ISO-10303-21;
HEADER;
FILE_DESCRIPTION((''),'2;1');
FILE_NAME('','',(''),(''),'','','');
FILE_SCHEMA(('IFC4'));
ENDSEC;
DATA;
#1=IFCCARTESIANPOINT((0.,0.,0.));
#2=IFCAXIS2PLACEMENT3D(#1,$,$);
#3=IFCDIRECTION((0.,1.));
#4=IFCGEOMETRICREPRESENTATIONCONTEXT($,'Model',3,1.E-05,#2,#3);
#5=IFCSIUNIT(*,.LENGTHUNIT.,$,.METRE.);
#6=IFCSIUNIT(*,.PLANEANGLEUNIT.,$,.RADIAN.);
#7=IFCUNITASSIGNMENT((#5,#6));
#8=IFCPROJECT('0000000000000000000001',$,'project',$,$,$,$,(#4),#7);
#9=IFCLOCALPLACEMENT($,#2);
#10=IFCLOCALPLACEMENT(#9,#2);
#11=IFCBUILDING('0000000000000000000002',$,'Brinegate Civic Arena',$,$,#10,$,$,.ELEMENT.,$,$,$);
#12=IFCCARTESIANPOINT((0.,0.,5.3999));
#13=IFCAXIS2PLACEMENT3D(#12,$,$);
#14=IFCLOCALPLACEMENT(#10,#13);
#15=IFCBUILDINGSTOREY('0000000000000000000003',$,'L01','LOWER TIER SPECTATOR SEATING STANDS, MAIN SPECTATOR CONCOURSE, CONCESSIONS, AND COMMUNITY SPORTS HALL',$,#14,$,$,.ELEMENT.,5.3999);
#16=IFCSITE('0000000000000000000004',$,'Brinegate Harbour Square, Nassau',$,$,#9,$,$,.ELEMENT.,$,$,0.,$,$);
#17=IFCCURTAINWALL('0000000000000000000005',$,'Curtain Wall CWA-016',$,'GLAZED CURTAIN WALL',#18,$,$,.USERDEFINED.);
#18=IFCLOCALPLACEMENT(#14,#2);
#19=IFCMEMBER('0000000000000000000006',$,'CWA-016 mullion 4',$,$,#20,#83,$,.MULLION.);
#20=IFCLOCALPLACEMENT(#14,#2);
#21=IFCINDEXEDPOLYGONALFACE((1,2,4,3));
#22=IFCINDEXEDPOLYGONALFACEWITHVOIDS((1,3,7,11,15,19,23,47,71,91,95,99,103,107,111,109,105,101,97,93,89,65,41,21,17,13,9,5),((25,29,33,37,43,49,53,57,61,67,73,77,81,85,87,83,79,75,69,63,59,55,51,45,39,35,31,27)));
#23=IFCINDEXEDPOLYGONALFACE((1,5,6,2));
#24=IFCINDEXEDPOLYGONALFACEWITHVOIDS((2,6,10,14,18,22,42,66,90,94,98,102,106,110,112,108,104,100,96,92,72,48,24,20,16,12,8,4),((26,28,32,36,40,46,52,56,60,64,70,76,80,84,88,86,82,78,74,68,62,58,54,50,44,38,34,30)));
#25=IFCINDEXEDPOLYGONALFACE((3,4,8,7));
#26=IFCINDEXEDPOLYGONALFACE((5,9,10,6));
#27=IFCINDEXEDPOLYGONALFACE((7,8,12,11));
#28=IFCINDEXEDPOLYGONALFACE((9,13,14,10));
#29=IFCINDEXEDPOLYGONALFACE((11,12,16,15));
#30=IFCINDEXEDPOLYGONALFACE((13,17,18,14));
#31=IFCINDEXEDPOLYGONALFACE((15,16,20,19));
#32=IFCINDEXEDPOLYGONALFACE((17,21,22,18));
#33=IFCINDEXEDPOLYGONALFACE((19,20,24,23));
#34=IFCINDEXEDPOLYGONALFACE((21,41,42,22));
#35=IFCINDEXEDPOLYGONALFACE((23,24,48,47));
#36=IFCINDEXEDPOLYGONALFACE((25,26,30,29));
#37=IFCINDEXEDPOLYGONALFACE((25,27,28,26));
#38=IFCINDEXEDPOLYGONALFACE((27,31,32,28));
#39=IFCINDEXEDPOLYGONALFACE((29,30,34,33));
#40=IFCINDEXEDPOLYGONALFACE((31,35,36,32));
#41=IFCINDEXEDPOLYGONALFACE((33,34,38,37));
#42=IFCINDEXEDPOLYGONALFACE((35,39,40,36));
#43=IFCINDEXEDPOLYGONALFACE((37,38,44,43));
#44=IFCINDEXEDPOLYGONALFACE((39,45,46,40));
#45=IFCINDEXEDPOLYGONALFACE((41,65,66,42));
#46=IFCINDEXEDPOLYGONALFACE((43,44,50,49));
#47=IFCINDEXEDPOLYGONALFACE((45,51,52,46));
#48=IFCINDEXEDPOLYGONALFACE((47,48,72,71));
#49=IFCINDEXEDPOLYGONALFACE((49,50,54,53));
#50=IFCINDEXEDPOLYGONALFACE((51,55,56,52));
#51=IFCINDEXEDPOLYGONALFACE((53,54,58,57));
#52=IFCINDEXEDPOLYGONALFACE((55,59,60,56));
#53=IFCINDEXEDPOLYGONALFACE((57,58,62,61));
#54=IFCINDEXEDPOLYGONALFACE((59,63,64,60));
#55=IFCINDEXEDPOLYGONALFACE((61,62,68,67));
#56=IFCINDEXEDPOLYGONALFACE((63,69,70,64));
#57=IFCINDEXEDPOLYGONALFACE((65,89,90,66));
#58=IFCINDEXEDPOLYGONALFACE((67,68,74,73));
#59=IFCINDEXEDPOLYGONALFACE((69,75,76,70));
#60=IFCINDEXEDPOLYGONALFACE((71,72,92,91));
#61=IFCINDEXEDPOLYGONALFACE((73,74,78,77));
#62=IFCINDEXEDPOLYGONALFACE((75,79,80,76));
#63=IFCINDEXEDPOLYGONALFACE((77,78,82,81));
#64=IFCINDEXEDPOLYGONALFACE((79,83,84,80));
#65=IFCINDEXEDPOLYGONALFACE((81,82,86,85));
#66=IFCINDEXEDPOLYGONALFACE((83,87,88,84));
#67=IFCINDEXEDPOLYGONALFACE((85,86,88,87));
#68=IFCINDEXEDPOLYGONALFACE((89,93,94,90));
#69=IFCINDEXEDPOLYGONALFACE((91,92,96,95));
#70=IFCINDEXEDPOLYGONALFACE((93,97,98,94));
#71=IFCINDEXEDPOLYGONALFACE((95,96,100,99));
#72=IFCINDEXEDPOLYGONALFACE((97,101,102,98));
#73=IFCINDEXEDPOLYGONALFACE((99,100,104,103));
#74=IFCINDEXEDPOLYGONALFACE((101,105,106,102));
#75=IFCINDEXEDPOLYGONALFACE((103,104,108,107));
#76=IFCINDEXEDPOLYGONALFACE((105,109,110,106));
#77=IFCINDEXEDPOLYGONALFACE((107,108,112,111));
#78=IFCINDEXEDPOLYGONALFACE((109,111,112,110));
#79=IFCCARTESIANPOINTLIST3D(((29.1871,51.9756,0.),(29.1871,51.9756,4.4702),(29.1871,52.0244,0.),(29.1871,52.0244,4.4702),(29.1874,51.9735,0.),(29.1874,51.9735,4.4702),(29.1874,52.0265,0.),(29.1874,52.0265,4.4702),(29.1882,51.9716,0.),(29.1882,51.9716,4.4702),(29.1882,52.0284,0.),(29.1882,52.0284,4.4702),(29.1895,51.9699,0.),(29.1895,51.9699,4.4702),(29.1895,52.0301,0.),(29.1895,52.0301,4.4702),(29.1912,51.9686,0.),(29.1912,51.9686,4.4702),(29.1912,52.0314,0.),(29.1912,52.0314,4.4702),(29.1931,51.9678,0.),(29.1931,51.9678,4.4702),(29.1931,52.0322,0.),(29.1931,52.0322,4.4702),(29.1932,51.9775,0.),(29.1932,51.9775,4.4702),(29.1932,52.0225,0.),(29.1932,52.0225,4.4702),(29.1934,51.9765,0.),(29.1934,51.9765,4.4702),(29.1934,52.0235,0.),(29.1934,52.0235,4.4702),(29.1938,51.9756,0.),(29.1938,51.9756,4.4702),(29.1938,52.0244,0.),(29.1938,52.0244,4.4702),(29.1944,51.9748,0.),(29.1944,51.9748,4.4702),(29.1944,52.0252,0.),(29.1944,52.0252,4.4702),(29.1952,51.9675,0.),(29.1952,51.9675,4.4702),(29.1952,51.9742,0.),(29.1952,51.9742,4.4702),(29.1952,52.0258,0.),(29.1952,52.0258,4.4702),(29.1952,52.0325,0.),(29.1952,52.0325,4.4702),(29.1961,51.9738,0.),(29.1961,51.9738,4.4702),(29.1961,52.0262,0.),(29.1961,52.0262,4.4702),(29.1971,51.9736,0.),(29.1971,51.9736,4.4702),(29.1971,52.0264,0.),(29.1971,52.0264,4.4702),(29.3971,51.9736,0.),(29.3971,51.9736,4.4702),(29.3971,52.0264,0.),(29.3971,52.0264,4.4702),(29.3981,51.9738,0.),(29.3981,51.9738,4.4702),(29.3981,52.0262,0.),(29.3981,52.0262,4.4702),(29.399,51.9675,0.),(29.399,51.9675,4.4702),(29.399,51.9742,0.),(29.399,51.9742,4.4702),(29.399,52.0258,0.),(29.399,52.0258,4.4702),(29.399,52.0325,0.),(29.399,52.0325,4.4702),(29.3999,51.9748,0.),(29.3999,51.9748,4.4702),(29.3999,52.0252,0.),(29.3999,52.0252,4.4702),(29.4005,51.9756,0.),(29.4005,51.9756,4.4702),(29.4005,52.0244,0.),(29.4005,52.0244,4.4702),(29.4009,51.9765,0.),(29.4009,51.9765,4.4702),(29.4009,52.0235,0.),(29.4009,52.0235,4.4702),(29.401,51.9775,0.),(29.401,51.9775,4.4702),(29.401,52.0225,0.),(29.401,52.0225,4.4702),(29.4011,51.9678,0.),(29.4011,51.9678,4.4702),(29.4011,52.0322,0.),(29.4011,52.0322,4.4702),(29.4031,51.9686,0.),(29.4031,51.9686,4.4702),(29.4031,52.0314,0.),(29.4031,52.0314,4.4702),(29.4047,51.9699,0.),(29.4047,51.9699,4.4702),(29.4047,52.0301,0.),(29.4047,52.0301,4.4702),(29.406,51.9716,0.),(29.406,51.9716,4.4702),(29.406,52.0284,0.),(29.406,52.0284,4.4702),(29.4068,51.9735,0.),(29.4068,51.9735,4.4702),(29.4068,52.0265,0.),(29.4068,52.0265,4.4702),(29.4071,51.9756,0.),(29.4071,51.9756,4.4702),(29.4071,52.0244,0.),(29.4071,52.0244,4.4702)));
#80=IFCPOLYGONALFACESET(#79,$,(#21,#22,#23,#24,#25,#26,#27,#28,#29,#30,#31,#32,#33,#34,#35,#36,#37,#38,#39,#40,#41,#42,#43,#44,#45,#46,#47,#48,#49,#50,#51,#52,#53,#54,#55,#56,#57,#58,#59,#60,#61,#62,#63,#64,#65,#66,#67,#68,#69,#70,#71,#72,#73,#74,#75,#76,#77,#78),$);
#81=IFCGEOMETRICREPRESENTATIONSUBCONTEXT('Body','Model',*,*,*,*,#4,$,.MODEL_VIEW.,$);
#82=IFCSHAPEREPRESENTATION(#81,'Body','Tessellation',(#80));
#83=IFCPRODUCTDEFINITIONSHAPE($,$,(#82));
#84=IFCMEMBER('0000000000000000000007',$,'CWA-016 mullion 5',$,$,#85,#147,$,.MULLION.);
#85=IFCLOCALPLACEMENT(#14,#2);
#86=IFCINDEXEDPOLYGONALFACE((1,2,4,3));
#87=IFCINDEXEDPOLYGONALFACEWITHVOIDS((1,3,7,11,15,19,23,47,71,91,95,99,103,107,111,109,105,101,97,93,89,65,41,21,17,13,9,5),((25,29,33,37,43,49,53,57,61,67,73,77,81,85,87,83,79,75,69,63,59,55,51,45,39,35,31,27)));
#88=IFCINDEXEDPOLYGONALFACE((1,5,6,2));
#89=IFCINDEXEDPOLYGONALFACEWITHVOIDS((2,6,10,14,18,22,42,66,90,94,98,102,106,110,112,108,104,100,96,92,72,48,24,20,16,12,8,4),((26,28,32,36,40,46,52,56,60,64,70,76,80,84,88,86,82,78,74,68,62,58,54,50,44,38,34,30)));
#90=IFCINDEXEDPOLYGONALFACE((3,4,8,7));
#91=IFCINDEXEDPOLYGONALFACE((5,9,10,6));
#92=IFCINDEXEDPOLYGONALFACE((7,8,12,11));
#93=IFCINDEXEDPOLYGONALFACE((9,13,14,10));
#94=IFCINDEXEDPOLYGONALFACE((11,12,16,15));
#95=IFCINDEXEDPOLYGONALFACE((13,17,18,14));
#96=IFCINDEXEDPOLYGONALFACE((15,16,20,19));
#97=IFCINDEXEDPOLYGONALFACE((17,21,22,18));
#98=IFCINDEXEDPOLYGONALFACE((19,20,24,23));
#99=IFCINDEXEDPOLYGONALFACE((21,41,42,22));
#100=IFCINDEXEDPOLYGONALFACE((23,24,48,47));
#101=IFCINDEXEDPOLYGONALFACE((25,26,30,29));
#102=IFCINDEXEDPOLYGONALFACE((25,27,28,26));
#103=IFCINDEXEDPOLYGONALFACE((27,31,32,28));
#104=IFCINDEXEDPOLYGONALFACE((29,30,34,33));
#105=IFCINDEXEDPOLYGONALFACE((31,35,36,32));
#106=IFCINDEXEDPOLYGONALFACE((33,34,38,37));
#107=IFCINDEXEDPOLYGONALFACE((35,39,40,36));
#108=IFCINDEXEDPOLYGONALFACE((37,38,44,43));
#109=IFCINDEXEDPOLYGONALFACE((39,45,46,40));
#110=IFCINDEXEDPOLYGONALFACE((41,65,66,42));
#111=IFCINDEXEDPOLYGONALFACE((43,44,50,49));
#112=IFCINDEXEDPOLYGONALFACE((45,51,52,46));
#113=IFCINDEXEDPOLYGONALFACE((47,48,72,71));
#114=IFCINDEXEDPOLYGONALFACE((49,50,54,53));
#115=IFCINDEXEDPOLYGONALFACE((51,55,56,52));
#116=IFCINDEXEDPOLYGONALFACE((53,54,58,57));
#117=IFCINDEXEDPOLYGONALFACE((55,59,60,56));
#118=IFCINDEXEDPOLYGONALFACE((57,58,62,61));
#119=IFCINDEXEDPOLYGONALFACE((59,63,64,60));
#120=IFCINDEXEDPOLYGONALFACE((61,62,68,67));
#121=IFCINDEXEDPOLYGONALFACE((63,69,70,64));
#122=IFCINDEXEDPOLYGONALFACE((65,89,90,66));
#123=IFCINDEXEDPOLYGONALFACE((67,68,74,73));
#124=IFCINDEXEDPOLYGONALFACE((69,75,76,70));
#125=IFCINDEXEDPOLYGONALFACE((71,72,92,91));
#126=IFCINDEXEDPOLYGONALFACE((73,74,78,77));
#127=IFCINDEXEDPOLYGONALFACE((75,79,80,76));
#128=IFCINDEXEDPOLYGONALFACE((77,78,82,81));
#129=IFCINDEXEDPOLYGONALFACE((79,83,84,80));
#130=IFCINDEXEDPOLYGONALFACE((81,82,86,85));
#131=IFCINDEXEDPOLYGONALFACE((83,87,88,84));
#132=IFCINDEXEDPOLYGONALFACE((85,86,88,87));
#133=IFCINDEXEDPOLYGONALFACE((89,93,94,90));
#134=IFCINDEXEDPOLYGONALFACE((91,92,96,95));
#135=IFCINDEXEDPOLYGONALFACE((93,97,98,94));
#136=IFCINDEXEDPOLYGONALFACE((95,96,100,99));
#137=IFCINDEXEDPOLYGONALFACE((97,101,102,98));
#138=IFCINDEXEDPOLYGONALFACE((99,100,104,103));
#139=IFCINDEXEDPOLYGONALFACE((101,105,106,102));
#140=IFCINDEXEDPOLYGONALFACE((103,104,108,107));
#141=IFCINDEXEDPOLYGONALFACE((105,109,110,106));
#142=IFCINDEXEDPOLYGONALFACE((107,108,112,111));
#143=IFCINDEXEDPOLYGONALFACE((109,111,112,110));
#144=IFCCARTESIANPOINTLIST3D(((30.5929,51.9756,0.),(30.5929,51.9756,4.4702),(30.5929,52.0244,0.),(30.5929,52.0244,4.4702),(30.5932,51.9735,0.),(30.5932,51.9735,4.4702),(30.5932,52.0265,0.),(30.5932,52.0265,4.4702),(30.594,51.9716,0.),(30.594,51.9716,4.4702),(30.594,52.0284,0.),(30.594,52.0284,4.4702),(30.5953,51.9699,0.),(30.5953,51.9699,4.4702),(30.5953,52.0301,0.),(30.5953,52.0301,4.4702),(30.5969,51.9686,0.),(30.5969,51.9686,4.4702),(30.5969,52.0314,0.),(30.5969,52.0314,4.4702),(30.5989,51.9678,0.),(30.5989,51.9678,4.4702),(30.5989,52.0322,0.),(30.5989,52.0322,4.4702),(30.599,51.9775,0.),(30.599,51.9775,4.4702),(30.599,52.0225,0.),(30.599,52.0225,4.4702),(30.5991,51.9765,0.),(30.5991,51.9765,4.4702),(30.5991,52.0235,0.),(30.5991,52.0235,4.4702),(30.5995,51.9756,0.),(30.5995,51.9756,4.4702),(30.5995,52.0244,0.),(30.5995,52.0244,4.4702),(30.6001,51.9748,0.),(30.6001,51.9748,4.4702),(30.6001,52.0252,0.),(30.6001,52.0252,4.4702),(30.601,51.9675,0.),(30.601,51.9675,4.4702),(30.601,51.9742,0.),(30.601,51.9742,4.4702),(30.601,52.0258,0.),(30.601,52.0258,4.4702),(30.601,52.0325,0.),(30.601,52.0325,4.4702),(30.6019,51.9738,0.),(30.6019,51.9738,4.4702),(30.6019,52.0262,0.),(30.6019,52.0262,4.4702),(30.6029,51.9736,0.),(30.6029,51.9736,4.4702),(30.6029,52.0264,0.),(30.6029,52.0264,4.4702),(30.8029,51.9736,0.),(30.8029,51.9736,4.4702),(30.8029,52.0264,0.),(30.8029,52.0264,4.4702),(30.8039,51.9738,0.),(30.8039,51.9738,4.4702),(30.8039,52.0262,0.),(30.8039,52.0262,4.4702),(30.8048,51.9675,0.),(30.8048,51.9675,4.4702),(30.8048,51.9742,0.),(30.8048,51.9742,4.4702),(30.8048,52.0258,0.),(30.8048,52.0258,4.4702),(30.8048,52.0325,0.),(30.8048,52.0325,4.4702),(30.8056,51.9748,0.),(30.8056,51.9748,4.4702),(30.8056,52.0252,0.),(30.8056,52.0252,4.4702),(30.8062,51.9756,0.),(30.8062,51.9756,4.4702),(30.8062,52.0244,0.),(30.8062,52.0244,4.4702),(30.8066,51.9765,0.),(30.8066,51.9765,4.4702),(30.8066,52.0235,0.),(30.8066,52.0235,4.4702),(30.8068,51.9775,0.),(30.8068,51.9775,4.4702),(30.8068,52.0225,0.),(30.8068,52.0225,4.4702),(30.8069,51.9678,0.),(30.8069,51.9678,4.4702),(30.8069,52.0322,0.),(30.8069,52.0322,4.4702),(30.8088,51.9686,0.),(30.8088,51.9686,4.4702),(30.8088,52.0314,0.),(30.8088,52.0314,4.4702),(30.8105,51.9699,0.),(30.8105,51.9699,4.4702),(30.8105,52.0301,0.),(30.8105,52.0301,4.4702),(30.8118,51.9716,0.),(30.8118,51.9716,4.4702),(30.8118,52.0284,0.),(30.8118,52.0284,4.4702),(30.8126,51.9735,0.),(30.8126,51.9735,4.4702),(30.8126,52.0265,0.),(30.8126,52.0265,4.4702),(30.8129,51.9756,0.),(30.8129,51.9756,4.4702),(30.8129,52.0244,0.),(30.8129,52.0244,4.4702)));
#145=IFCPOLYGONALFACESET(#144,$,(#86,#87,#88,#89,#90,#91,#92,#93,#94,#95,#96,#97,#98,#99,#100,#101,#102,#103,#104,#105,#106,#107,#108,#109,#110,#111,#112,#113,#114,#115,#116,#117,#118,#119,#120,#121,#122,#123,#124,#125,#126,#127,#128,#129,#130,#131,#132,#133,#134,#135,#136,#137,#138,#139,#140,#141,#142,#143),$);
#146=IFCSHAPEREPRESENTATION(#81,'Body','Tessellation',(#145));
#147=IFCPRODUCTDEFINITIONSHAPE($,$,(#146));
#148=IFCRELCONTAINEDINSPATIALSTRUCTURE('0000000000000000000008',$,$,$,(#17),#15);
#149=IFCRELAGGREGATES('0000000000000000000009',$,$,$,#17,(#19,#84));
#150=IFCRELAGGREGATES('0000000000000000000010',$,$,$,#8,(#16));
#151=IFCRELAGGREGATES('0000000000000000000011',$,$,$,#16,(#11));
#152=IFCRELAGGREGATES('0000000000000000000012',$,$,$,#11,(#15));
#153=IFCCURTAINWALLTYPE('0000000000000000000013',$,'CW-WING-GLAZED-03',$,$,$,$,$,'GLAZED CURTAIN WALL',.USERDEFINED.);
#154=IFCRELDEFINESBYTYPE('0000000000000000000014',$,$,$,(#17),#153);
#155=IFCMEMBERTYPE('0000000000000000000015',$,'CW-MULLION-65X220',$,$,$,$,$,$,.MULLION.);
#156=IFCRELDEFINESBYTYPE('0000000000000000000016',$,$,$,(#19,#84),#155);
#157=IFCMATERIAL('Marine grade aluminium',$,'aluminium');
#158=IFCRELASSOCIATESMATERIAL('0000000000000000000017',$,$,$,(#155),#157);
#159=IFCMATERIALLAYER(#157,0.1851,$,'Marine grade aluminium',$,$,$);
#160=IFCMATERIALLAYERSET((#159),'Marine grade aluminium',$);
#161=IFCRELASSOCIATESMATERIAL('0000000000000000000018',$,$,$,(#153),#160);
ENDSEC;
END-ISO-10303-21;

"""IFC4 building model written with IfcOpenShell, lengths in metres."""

from ifc_helpers import new_model, si_unit, direction, frame, origin, origin_2d, place, context, subcontext, project, spatial, hollow_rectangle, extrude, material, layer, layer_set, material_profile, profile_set, type_object, element, aggregate, save


model = new_model("IFC4")

# Units and contexts
model_context = context("Model", 3, precision=1e-05, world=origin(), true_north=direction((0.0, 1.0)))
body_context = subcontext(model_context, "Body", "Model", "MODEL_VIEW")
ifc_project = project(units=[si_unit("LENGTHUNIT", "METRE"), si_unit("PLANEANGLEUNIT", "RADIAN")], contexts=[model_context])

# Site, building, storey
site_placement = place(None, origin())
site = spatial("IfcSite", under=ifc_project, at=site_placement, Name="Brinegate Harbour Square, Nassau", CompositionType="ELEMENT", RefElevation=0.0)
building_placement = place(site_placement, origin())
building = spatial("IfcBuilding", under=site, at=building_placement, Name="Brinegate Civic Arena", CompositionType="ELEMENT")
storey_placement = place(building_placement, frame((0.0, 0.0, 5.3999)))
storey = spatial("IfcBuildingStorey", under=building, at=storey_placement, Name="L01", Description="LOWER TIER SPECTATOR SEATING STANDS, MAIN SPECTATOR CONCOURSE, CONCESSIONS, AND COMMUNITY SPORTS HALL", CompositionType="ELEMENT", Elevation=5.3999)

# Shared definitions
ifc_material_1 = material(Name="Marine grade aluminium", Category="aluminium")
ifc_material_profile_1 = material_profile(ifc_material_1, hollow_rectangle(XDim=0.0649, YDim=0.22, WallThickness=0.0061, InnerFilletRadius=0.0039, OuterFilletRadius=0.0081, at=origin_2d()), Name="MUL65X220")
ifc_profile_set_1 = profile_set([ifc_material_profile_1], Name="Marine grade aluminium")
member_type_1 = type_object("IfcMemberType", Name="CW-MULLION-65X220", PredefinedType="MULLION", material=ifc_profile_set_1)

# Curtain wall, members
ifc_layer_1 = layer(ifc_material_1, 0.1851, Name="Marine grade aluminium")
ifc_layer_set_1 = layer_set([ifc_layer_1], Name="Marine grade aluminium")
curtain_wall_type_1 = type_object("IfcCurtainWallType", Name="CW-WING-GLAZED-03", ElementType="GLAZED CURTAIN WALL", PredefinedType="USERDEFINED", material=ifc_layer_set_1)
curtain_wall_1_placement = place(storey_placement, origin())
curtain_wall_1 = element("IfcCurtainWall", 1, at=curtain_wall_1_placement, inside=storey, type_object=curtain_wall_type_1, Name="Curtain Wall CWA-016", ObjectType="GLAZED CURTAIN WALL", PredefinedType="USERDEFINED")
member_1_placement = place(storey_placement, frame((29.2971, 52.0, 0.0), z_axis=(0.0, 0.0, 1.0), x_axis=(0.0, 1.0, 0.0)))
member_1 = element("IfcMember", 2, at=member_1_placement, type_object=member_type_1, Name="CWA-016 mullion 4", PredefinedType="MULLION", context=body_context, shape_type="SweptSolid", body=[
    extrude(hollow_rectangle(XDim=0.0649, YDim=0.22, WallThickness=0.0061, InnerFilletRadius=0.0039, OuterFilletRadius=0.0081, at=origin_2d()), origin(), (0.0, 0.0, 1.0), 4.4702),
])
member_2_placement = place(storey_placement, frame((30.7029, 52.0, 0.0), z_axis=(0.0, 0.0, 1.0), x_axis=(0.0, 1.0, 0.0)))
member_2 = element("IfcMember", 3, at=member_2_placement, type_object=member_type_1, Name="CWA-016 mullion 5", PredefinedType="MULLION", context=body_context, shape_type="SweptSolid", body=[
    extrude(hollow_rectangle(XDim=0.0649, YDim=0.22, WallThickness=0.0061, InnerFilletRadius=0.0039, OuterFilletRadius=0.0081, at=origin_2d()), origin(), (0.0, 0.0, 1.0), 4.4702),
])

aggregate(curtain_wall_1, [member_1, member_2])

save(model, "model.ifc")
